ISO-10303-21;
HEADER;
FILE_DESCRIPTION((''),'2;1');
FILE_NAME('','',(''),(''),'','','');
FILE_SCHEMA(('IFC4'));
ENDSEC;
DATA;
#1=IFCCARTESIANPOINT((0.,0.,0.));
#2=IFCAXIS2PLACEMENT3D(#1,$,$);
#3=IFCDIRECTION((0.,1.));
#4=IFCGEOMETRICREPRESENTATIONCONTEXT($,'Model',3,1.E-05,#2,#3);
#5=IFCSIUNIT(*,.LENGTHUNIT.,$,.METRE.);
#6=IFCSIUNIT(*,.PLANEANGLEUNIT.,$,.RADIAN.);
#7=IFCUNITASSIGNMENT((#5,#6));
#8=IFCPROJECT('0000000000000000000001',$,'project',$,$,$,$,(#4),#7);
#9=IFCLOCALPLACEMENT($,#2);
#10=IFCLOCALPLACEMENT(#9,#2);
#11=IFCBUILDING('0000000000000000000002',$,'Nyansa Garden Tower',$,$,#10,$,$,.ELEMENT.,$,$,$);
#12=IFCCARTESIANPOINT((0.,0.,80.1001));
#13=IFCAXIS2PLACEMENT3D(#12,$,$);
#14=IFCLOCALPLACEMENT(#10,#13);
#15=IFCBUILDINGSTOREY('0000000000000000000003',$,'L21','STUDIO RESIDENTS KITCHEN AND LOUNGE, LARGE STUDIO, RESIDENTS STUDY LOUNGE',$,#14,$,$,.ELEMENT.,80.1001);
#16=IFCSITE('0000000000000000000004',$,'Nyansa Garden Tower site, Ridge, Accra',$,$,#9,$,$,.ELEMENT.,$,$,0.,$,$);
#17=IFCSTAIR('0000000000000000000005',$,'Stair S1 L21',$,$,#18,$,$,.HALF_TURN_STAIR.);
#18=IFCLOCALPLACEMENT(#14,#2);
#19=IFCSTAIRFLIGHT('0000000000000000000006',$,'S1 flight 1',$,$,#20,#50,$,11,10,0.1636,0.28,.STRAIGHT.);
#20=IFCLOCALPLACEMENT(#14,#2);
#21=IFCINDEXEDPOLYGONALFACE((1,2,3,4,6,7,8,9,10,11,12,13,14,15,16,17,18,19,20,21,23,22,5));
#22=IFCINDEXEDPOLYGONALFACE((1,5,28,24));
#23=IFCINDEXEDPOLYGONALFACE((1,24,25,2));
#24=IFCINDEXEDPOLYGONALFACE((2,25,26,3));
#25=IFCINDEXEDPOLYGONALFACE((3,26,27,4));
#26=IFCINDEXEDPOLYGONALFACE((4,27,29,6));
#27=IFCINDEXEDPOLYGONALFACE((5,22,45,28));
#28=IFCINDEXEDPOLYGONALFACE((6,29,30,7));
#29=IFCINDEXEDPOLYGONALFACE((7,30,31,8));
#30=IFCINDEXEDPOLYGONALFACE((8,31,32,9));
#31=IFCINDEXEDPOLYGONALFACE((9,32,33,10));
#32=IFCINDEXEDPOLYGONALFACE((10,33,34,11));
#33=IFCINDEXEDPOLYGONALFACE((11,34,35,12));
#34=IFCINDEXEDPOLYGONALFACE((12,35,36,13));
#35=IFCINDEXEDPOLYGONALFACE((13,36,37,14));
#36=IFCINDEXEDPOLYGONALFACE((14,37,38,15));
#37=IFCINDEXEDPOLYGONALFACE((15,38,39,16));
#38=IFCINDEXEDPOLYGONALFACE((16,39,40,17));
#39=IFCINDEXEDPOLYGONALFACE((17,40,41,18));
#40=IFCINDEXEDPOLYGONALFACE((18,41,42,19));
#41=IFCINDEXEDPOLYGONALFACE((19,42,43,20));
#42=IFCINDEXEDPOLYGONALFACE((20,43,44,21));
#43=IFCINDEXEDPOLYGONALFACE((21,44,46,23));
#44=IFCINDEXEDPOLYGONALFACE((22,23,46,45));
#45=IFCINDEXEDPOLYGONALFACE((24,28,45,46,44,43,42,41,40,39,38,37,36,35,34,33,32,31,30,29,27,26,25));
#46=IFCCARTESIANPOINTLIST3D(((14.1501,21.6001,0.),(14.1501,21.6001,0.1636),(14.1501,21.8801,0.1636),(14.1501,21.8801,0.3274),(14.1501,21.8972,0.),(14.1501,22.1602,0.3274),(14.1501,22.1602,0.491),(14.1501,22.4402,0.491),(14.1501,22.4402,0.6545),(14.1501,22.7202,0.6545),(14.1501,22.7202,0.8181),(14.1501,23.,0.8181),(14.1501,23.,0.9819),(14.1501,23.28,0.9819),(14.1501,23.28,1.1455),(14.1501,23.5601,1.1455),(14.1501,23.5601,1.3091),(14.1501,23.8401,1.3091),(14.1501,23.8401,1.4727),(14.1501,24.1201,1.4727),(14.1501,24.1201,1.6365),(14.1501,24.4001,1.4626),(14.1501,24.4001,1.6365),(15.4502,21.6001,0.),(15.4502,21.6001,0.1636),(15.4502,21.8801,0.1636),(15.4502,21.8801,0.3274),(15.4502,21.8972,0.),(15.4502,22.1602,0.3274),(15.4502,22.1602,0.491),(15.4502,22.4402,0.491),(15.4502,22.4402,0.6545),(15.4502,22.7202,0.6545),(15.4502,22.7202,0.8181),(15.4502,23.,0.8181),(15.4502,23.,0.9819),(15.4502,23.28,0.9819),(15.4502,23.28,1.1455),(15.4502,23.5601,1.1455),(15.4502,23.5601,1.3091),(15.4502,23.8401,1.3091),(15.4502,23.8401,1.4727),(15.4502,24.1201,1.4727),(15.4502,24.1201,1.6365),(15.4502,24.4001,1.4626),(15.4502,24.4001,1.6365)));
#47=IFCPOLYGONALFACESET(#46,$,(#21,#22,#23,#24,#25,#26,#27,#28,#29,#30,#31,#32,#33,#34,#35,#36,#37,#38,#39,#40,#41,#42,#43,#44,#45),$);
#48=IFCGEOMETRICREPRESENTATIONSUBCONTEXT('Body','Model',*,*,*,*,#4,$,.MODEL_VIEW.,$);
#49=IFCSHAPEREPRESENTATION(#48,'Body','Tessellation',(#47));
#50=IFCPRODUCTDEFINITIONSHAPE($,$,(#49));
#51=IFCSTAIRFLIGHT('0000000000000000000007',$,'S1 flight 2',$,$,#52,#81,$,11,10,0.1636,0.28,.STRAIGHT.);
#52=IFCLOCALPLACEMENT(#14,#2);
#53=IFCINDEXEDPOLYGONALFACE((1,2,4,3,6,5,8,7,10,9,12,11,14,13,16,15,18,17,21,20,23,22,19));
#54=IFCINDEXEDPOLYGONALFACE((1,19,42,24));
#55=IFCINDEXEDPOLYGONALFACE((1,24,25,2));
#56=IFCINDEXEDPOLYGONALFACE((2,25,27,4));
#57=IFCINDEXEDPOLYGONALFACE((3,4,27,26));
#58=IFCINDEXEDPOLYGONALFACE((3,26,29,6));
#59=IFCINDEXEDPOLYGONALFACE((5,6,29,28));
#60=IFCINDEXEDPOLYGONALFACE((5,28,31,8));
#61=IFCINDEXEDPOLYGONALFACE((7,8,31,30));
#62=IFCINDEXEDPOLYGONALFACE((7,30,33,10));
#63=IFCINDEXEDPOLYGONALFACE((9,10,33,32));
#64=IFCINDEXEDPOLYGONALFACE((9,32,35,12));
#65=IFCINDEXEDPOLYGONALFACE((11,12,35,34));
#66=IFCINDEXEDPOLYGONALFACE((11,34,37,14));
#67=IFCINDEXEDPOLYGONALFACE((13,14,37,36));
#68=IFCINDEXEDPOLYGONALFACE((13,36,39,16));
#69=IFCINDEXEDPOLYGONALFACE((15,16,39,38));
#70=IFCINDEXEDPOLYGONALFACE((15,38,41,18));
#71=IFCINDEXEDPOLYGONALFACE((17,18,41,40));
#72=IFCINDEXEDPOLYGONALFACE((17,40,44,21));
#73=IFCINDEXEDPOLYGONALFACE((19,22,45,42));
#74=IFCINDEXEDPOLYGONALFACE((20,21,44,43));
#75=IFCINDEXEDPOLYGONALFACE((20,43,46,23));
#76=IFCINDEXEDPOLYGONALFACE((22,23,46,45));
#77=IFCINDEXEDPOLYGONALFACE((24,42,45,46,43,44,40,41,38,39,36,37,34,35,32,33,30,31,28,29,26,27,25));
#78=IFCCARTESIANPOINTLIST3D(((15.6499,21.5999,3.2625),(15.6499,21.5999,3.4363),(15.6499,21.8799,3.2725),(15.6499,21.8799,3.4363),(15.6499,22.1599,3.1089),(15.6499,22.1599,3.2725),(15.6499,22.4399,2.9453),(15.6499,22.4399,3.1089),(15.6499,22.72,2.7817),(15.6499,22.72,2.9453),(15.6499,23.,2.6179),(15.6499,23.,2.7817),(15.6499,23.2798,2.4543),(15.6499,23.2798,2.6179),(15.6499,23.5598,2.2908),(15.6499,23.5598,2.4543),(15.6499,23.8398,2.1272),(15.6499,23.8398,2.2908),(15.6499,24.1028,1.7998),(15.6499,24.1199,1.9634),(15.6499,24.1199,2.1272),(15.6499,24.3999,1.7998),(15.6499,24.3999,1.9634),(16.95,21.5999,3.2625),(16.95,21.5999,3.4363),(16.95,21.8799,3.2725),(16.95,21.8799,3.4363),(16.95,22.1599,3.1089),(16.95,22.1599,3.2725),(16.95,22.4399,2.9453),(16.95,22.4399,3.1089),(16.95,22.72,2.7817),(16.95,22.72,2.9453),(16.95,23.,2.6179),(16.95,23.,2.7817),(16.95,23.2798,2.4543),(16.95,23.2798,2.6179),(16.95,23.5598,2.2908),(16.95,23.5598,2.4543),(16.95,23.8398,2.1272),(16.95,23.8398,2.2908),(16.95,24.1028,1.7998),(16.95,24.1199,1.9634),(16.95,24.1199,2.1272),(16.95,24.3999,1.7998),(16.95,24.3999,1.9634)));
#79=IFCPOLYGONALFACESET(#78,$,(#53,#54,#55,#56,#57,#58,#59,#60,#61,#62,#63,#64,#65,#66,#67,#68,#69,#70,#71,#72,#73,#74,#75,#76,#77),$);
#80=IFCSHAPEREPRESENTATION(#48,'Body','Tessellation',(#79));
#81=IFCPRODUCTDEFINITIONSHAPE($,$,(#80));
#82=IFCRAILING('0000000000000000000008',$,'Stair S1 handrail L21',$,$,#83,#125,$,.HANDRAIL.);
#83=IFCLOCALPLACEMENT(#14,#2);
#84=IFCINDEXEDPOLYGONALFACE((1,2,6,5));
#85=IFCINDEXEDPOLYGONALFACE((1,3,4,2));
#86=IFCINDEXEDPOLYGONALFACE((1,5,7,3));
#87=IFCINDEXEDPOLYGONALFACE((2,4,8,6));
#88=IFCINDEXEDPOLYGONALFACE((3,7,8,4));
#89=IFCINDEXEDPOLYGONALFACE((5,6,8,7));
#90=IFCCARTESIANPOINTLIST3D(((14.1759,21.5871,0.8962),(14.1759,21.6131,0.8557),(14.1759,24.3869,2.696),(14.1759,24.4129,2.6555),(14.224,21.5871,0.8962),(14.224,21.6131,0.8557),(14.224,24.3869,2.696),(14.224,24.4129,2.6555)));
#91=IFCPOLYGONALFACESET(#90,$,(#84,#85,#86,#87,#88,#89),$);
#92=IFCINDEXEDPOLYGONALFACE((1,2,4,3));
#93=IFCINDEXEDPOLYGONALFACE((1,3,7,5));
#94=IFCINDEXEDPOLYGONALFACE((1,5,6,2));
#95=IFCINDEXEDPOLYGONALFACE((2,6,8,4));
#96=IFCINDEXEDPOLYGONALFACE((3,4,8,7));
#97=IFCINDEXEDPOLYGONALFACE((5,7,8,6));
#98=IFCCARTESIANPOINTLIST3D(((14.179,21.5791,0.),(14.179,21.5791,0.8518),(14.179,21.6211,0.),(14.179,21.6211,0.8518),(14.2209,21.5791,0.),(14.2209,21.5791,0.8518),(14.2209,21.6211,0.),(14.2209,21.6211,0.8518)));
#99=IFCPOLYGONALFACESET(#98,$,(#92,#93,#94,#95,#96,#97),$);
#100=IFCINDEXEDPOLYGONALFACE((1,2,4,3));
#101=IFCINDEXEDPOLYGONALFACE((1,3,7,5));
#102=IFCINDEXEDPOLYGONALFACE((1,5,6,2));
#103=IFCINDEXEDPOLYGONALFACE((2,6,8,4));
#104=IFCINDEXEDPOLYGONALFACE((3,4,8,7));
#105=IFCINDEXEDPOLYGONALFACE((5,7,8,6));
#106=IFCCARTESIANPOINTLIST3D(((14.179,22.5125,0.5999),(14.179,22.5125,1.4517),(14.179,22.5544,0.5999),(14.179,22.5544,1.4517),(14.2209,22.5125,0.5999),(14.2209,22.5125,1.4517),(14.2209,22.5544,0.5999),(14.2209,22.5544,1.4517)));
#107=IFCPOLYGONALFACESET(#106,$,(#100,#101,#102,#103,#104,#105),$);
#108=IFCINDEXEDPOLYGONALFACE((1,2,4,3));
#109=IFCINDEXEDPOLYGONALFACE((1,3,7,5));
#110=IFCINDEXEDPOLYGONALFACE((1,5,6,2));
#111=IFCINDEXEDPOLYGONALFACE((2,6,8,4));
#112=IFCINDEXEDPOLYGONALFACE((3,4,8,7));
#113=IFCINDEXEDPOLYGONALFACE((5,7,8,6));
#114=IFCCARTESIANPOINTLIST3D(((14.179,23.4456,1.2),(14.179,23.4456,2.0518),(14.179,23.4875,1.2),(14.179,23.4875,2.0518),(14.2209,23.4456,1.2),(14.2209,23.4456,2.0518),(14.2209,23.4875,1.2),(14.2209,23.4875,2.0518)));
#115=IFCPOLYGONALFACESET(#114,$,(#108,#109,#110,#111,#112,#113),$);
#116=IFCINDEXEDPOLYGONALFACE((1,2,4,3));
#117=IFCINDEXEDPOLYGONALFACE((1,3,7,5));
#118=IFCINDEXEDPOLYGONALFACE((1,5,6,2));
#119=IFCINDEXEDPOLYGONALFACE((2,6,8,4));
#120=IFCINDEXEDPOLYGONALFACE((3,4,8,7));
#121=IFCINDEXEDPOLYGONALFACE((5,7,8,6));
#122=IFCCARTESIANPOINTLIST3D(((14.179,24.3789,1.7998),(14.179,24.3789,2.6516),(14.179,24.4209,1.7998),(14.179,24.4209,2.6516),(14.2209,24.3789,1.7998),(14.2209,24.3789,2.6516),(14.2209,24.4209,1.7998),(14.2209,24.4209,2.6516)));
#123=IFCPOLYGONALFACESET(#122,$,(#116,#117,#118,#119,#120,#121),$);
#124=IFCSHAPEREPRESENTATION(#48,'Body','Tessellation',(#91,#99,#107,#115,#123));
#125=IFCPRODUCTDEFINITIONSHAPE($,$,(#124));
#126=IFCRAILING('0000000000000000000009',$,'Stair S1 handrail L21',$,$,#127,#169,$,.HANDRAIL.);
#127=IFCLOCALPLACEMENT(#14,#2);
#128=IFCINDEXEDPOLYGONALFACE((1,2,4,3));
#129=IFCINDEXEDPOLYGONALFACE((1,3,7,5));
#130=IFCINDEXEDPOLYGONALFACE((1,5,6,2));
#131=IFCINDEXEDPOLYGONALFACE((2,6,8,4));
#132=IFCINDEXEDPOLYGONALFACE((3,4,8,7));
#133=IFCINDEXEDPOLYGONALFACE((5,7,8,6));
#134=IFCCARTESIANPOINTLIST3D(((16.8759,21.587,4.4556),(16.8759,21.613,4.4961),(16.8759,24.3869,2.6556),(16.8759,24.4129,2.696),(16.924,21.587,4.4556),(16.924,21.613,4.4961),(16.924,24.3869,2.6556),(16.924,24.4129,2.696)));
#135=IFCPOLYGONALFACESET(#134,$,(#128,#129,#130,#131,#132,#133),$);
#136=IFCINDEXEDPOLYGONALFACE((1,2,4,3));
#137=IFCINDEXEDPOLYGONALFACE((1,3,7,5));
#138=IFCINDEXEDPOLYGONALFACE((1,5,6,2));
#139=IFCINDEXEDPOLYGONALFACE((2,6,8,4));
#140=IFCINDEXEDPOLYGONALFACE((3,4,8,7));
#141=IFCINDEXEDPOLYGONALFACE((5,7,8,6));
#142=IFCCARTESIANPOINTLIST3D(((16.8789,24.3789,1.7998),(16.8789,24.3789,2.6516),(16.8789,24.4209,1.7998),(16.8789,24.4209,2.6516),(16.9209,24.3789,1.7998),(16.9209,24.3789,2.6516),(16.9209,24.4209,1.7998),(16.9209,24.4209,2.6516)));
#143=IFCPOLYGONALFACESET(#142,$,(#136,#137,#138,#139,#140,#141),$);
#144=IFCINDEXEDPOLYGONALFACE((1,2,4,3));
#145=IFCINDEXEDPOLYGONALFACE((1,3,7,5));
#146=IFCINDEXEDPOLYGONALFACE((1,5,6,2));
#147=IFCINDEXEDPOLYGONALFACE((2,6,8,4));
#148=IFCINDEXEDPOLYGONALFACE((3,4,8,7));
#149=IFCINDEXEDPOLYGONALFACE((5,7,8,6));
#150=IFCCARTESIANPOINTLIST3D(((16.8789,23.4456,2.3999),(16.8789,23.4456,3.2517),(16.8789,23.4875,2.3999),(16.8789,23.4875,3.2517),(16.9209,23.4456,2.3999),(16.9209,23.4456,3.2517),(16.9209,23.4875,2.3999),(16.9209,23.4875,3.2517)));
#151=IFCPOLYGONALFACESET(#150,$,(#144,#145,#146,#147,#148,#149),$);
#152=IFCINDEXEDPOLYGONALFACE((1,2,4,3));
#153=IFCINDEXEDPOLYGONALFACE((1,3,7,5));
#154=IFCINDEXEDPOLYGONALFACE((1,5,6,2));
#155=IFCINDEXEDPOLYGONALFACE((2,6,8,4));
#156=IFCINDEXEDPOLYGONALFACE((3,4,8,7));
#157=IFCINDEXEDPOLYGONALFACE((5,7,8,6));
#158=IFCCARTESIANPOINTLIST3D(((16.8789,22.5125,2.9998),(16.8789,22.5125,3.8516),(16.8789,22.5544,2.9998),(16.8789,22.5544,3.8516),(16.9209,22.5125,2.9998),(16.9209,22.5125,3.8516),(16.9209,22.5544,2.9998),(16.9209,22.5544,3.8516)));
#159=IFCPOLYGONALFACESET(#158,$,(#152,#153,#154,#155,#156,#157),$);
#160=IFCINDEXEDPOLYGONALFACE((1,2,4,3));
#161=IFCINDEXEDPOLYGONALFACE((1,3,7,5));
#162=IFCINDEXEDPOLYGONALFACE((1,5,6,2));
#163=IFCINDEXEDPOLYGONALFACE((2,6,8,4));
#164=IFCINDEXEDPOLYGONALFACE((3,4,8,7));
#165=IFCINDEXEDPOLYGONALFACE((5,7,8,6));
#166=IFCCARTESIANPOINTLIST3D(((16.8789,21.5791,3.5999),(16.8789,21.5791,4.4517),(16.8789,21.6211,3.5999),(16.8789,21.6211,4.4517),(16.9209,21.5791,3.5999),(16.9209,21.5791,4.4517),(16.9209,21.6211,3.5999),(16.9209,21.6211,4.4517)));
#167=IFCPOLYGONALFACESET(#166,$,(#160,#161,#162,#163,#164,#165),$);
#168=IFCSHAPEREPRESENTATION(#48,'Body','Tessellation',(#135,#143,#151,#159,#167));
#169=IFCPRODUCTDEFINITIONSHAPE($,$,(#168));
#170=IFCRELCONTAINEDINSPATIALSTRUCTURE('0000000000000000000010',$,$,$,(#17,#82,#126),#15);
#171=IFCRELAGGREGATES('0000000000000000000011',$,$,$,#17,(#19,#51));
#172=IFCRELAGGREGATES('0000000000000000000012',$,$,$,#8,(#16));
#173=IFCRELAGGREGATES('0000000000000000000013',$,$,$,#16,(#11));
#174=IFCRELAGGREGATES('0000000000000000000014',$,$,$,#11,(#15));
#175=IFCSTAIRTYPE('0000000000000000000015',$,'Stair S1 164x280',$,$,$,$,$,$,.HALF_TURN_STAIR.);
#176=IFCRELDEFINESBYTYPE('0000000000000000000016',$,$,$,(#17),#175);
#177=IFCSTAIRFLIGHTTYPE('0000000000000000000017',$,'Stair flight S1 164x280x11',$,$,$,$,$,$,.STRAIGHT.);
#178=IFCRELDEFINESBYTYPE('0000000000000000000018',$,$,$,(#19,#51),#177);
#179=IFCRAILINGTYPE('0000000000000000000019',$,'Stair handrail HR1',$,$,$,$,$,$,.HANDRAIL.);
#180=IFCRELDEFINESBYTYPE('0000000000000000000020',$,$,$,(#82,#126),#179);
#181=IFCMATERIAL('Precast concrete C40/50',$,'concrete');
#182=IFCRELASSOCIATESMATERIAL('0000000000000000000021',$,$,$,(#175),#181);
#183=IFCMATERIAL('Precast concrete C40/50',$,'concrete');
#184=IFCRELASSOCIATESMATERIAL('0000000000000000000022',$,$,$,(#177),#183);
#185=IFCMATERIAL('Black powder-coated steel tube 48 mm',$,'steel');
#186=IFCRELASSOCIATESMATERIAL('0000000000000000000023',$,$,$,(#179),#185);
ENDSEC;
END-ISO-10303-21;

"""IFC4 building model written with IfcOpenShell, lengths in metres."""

from ifc_helpers import new_model, si_unit, direction, frame, origin, origin_2d, place, context, subcontext, project, spatial, polyline, rectangle, outline, extrude, material, type_object, element, aggregate, save


model = new_model("IFC4")

# Units and contexts
model_context = context("Model", 3, precision=1e-05, world=origin(), true_north=direction((0.0, 1.0)))
body_context = subcontext(model_context, "Body", "Model", "MODEL_VIEW")
ifc_project = project(units=[si_unit("LENGTHUNIT", "METRE"), si_unit("PLANEANGLEUNIT", "RADIAN")], contexts=[model_context])

# Site, building, storey
site_placement = place(None, origin())
site = spatial("IfcSite", under=ifc_project, at=site_placement, Name="Nyansa Garden Tower site, Ridge, Accra", CompositionType="ELEMENT", RefElevation=0.0)
building_placement = place(site_placement, origin())
building = spatial("IfcBuilding", under=site, at=building_placement, Name="Nyansa Garden Tower", CompositionType="ELEMENT")
storey_placement = place(building_placement, frame((0.0, 0.0, 80.1001)))
storey = spatial("IfcBuildingStorey", under=building, at=storey_placement, Name="L21", Description="STUDIO RESIDENTS KITCHEN AND LOUNGE, LARGE STUDIO, RESIDENTS STUDY LOUNGE", CompositionType="ELEMENT", Elevation=80.1001)

# Stair, stair flights
ifc_material_1 = material(Name="Precast concrete C40/50", Category="concrete")
stair_type = type_object("IfcStairType", Name="Stair S1 164x280", PredefinedType="HALF_TURN_STAIR", material=ifc_material_1)
stair_placement = place(storey_placement, origin())
stair = element("IfcStair", 1, at=stair_placement, inside=storey, type_object=stair_type, Name="Stair S1 L21", PredefinedType="HALF_TURN_STAIR")
ifc_material_2 = material(Name="Precast concrete C40/50", Category="concrete")
stair_flight_type = type_object("IfcStairFlightType", Name="Stair flight S1 164x280x11", PredefinedType="STRAIGHT", material=ifc_material_2)
stair_flight_1_placement = place(storey_placement, frame((14.8, 21.6001, 0.0), z_axis=(0.0, 0.0, 1.0), x_axis=(0.0, 1.0, 0.0)))
stair_flight_1 = element("IfcStairFlight", 2, at=stair_flight_1_placement, type_object=stair_flight_type, Name="S1 flight 1", NumberOfRisers=11, NumberOfTreads=10, PredefinedType="STRAIGHT", RiserHeight=0.1636, TreadLength=0.28, context=body_context, shape_type="SweptSolid", body=[
    extrude(outline(polyline([(0.0, 0.0), (0.0, 0.1636), (0.28, 0.1636), (0.28, 0.3274), (0.5601, 0.3274), (0.5601, 0.491), (0.8401, 0.491), (0.8401, 0.6545), (1.1201, 0.6545), (1.1201, 0.8181), (1.3999, 0.8181), (1.3999, 0.9819), (1.6799, 0.9819), (1.6799, 1.1455), (1.96, 1.1455), (1.96, 1.3091), (2.24, 1.3091), (2.24, 1.4727), (2.52, 1.4727), (2.52, 1.6365), (2.8, 1.6365), (2.8, 1.8), (2.8, 1.4626), (0.2971, 0.0), (0.0, 0.0)])), frame((0.0, 0.6499, 0.0), z_axis=(0.0, -1.0, 0.0), x_axis=(1.0, 0.0, 0.0)), (0.0, 0.0, 1.0), 1.3),
])
stair_flight_2_placement = place(storey_placement, frame((16.3, 24.3999, 1.7998), z_axis=(0.0, 0.0, 1.0), x_axis=(0.0, -1.0, 0.0)))
stair_flight_2 = element("IfcStairFlight", 3, at=stair_flight_2_placement, type_object=stair_flight_type, Name="S1 flight 2", NumberOfRisers=11, NumberOfTreads=10, PredefinedType="STRAIGHT", RiserHeight=0.1636, TreadLength=0.28, context=body_context, shape_type="SweptSolid", body=[
    extrude(outline(polyline([(0.0, 0.0), (0.0, 0.1636), (0.28, 0.1636), (0.28, 0.3274), (0.5601, 0.3274), (0.5601, 0.491), (0.8401, 0.491), (0.8401, 0.6545), (1.1201, 0.6545), (1.1201, 0.8181), (1.3999, 0.8181), (1.3999, 0.9819), (1.6799, 0.9819), (1.6799, 1.1455), (1.96, 1.1455), (1.96, 1.3091), (2.24, 1.3091), (2.24, 1.4727), (2.52, 1.4727), (2.52, 1.6365), (2.8, 1.6365), (2.8, 1.8), (2.8, 1.4626), (0.2971, 0.0), (0.0, 0.0)])), frame((0.0, 0.6499, 0.0), z_axis=(0.0, -1.0, 0.0), x_axis=(1.0, 0.0, 0.0)), (0.0, 0.0, 1.0), 1.3),
])
aggregate(stair, [stair_flight_1, stair_flight_2])

# Railings
ifc_material_3 = material(Name="Black powder-coated steel tube 48 mm", Category="steel")
railing_type = type_object("IfcRailingType", Name="Stair handrail HR1", PredefinedType="HANDRAIL", material=ifc_material_3)
railing_1_placement = place(storey_placement, frame((14.2, 21.6001, 0.0)))
element("IfcRailing", 4, at=railing_1_placement, inside=storey, type_object=railing_type, Name="Stair S1 handrail L21", PredefinedType="HANDRAIL", context=body_context, shape_type="SweptSolid", body=[
    extrude(rectangle(XDim=0.0481, YDim=0.0481, at=origin_2d()), frame((0.0, 0.0, 0.876), z_axis=(0.0, 0.841188, 0.540743), x_axis=(-1.0, 0.0, 0.0)), (0.0, 0.0, 1.0), 3.3284),
    extrude(rectangle(XDim=0.042, YDim=0.042, at=origin_2d()), origin(), (0.0, 0.0, 1.0), 0.8518),
    extrude(rectangle(XDim=0.042, YDim=0.042, at=origin_2d()), frame((0.0, 0.9333, 0.5999)), (0.0, 0.0, 1.0), 0.8518),
    extrude(rectangle(XDim=0.042, YDim=0.042, at=origin_2d()), frame((0.0, 1.8665, 1.2)), (0.0, 0.0, 1.0), 0.8518),
    extrude(rectangle(XDim=0.042, YDim=0.042, at=origin_2d()), frame((0.0, 2.7998, 1.7998)), (0.0, 0.0, 1.0), 0.8518),
])
railing_2_placement = place(storey_placement, frame((16.8999, 24.3999, 1.7998)))
element("IfcRailing", 5, at=railing_2_placement, inside=storey, type_object=railing_type, Name="Stair S1 handrail L21", PredefinedType="HANDRAIL", context=body_context, shape_type="SweptSolid", body=[
    extrude(rectangle(XDim=0.0481, YDim=0.0481, at=origin_2d()), frame((0.0, 0.0, 0.876), z_axis=(0.0, -0.841155, 0.540795), x_axis=(1.0, 0.0, 0.0)), (0.0, 0.0, 1.0), 3.3286),
    extrude(rectangle(XDim=0.042, YDim=0.042, at=origin_2d()), origin(), (0.0, 0.0, 1.0), 0.8518),
    extrude(rectangle(XDim=0.042, YDim=0.042, at=origin_2d()), frame((0.0, -0.9333, 0.6001)), (0.0, 0.0, 1.0), 0.8518),
    extrude(rectangle(XDim=0.042, YDim=0.042, at=origin_2d()), frame((0.0, -1.8665, 1.2)), (0.0, 0.0, 1.0), 0.8518),
    extrude(rectangle(XDim=0.042, YDim=0.042, at=origin_2d()), frame((0.0, -2.7998, 1.8)), (0.0, 0.0, 1.0), 0.8518),
])

save(model, "model.ifc")
